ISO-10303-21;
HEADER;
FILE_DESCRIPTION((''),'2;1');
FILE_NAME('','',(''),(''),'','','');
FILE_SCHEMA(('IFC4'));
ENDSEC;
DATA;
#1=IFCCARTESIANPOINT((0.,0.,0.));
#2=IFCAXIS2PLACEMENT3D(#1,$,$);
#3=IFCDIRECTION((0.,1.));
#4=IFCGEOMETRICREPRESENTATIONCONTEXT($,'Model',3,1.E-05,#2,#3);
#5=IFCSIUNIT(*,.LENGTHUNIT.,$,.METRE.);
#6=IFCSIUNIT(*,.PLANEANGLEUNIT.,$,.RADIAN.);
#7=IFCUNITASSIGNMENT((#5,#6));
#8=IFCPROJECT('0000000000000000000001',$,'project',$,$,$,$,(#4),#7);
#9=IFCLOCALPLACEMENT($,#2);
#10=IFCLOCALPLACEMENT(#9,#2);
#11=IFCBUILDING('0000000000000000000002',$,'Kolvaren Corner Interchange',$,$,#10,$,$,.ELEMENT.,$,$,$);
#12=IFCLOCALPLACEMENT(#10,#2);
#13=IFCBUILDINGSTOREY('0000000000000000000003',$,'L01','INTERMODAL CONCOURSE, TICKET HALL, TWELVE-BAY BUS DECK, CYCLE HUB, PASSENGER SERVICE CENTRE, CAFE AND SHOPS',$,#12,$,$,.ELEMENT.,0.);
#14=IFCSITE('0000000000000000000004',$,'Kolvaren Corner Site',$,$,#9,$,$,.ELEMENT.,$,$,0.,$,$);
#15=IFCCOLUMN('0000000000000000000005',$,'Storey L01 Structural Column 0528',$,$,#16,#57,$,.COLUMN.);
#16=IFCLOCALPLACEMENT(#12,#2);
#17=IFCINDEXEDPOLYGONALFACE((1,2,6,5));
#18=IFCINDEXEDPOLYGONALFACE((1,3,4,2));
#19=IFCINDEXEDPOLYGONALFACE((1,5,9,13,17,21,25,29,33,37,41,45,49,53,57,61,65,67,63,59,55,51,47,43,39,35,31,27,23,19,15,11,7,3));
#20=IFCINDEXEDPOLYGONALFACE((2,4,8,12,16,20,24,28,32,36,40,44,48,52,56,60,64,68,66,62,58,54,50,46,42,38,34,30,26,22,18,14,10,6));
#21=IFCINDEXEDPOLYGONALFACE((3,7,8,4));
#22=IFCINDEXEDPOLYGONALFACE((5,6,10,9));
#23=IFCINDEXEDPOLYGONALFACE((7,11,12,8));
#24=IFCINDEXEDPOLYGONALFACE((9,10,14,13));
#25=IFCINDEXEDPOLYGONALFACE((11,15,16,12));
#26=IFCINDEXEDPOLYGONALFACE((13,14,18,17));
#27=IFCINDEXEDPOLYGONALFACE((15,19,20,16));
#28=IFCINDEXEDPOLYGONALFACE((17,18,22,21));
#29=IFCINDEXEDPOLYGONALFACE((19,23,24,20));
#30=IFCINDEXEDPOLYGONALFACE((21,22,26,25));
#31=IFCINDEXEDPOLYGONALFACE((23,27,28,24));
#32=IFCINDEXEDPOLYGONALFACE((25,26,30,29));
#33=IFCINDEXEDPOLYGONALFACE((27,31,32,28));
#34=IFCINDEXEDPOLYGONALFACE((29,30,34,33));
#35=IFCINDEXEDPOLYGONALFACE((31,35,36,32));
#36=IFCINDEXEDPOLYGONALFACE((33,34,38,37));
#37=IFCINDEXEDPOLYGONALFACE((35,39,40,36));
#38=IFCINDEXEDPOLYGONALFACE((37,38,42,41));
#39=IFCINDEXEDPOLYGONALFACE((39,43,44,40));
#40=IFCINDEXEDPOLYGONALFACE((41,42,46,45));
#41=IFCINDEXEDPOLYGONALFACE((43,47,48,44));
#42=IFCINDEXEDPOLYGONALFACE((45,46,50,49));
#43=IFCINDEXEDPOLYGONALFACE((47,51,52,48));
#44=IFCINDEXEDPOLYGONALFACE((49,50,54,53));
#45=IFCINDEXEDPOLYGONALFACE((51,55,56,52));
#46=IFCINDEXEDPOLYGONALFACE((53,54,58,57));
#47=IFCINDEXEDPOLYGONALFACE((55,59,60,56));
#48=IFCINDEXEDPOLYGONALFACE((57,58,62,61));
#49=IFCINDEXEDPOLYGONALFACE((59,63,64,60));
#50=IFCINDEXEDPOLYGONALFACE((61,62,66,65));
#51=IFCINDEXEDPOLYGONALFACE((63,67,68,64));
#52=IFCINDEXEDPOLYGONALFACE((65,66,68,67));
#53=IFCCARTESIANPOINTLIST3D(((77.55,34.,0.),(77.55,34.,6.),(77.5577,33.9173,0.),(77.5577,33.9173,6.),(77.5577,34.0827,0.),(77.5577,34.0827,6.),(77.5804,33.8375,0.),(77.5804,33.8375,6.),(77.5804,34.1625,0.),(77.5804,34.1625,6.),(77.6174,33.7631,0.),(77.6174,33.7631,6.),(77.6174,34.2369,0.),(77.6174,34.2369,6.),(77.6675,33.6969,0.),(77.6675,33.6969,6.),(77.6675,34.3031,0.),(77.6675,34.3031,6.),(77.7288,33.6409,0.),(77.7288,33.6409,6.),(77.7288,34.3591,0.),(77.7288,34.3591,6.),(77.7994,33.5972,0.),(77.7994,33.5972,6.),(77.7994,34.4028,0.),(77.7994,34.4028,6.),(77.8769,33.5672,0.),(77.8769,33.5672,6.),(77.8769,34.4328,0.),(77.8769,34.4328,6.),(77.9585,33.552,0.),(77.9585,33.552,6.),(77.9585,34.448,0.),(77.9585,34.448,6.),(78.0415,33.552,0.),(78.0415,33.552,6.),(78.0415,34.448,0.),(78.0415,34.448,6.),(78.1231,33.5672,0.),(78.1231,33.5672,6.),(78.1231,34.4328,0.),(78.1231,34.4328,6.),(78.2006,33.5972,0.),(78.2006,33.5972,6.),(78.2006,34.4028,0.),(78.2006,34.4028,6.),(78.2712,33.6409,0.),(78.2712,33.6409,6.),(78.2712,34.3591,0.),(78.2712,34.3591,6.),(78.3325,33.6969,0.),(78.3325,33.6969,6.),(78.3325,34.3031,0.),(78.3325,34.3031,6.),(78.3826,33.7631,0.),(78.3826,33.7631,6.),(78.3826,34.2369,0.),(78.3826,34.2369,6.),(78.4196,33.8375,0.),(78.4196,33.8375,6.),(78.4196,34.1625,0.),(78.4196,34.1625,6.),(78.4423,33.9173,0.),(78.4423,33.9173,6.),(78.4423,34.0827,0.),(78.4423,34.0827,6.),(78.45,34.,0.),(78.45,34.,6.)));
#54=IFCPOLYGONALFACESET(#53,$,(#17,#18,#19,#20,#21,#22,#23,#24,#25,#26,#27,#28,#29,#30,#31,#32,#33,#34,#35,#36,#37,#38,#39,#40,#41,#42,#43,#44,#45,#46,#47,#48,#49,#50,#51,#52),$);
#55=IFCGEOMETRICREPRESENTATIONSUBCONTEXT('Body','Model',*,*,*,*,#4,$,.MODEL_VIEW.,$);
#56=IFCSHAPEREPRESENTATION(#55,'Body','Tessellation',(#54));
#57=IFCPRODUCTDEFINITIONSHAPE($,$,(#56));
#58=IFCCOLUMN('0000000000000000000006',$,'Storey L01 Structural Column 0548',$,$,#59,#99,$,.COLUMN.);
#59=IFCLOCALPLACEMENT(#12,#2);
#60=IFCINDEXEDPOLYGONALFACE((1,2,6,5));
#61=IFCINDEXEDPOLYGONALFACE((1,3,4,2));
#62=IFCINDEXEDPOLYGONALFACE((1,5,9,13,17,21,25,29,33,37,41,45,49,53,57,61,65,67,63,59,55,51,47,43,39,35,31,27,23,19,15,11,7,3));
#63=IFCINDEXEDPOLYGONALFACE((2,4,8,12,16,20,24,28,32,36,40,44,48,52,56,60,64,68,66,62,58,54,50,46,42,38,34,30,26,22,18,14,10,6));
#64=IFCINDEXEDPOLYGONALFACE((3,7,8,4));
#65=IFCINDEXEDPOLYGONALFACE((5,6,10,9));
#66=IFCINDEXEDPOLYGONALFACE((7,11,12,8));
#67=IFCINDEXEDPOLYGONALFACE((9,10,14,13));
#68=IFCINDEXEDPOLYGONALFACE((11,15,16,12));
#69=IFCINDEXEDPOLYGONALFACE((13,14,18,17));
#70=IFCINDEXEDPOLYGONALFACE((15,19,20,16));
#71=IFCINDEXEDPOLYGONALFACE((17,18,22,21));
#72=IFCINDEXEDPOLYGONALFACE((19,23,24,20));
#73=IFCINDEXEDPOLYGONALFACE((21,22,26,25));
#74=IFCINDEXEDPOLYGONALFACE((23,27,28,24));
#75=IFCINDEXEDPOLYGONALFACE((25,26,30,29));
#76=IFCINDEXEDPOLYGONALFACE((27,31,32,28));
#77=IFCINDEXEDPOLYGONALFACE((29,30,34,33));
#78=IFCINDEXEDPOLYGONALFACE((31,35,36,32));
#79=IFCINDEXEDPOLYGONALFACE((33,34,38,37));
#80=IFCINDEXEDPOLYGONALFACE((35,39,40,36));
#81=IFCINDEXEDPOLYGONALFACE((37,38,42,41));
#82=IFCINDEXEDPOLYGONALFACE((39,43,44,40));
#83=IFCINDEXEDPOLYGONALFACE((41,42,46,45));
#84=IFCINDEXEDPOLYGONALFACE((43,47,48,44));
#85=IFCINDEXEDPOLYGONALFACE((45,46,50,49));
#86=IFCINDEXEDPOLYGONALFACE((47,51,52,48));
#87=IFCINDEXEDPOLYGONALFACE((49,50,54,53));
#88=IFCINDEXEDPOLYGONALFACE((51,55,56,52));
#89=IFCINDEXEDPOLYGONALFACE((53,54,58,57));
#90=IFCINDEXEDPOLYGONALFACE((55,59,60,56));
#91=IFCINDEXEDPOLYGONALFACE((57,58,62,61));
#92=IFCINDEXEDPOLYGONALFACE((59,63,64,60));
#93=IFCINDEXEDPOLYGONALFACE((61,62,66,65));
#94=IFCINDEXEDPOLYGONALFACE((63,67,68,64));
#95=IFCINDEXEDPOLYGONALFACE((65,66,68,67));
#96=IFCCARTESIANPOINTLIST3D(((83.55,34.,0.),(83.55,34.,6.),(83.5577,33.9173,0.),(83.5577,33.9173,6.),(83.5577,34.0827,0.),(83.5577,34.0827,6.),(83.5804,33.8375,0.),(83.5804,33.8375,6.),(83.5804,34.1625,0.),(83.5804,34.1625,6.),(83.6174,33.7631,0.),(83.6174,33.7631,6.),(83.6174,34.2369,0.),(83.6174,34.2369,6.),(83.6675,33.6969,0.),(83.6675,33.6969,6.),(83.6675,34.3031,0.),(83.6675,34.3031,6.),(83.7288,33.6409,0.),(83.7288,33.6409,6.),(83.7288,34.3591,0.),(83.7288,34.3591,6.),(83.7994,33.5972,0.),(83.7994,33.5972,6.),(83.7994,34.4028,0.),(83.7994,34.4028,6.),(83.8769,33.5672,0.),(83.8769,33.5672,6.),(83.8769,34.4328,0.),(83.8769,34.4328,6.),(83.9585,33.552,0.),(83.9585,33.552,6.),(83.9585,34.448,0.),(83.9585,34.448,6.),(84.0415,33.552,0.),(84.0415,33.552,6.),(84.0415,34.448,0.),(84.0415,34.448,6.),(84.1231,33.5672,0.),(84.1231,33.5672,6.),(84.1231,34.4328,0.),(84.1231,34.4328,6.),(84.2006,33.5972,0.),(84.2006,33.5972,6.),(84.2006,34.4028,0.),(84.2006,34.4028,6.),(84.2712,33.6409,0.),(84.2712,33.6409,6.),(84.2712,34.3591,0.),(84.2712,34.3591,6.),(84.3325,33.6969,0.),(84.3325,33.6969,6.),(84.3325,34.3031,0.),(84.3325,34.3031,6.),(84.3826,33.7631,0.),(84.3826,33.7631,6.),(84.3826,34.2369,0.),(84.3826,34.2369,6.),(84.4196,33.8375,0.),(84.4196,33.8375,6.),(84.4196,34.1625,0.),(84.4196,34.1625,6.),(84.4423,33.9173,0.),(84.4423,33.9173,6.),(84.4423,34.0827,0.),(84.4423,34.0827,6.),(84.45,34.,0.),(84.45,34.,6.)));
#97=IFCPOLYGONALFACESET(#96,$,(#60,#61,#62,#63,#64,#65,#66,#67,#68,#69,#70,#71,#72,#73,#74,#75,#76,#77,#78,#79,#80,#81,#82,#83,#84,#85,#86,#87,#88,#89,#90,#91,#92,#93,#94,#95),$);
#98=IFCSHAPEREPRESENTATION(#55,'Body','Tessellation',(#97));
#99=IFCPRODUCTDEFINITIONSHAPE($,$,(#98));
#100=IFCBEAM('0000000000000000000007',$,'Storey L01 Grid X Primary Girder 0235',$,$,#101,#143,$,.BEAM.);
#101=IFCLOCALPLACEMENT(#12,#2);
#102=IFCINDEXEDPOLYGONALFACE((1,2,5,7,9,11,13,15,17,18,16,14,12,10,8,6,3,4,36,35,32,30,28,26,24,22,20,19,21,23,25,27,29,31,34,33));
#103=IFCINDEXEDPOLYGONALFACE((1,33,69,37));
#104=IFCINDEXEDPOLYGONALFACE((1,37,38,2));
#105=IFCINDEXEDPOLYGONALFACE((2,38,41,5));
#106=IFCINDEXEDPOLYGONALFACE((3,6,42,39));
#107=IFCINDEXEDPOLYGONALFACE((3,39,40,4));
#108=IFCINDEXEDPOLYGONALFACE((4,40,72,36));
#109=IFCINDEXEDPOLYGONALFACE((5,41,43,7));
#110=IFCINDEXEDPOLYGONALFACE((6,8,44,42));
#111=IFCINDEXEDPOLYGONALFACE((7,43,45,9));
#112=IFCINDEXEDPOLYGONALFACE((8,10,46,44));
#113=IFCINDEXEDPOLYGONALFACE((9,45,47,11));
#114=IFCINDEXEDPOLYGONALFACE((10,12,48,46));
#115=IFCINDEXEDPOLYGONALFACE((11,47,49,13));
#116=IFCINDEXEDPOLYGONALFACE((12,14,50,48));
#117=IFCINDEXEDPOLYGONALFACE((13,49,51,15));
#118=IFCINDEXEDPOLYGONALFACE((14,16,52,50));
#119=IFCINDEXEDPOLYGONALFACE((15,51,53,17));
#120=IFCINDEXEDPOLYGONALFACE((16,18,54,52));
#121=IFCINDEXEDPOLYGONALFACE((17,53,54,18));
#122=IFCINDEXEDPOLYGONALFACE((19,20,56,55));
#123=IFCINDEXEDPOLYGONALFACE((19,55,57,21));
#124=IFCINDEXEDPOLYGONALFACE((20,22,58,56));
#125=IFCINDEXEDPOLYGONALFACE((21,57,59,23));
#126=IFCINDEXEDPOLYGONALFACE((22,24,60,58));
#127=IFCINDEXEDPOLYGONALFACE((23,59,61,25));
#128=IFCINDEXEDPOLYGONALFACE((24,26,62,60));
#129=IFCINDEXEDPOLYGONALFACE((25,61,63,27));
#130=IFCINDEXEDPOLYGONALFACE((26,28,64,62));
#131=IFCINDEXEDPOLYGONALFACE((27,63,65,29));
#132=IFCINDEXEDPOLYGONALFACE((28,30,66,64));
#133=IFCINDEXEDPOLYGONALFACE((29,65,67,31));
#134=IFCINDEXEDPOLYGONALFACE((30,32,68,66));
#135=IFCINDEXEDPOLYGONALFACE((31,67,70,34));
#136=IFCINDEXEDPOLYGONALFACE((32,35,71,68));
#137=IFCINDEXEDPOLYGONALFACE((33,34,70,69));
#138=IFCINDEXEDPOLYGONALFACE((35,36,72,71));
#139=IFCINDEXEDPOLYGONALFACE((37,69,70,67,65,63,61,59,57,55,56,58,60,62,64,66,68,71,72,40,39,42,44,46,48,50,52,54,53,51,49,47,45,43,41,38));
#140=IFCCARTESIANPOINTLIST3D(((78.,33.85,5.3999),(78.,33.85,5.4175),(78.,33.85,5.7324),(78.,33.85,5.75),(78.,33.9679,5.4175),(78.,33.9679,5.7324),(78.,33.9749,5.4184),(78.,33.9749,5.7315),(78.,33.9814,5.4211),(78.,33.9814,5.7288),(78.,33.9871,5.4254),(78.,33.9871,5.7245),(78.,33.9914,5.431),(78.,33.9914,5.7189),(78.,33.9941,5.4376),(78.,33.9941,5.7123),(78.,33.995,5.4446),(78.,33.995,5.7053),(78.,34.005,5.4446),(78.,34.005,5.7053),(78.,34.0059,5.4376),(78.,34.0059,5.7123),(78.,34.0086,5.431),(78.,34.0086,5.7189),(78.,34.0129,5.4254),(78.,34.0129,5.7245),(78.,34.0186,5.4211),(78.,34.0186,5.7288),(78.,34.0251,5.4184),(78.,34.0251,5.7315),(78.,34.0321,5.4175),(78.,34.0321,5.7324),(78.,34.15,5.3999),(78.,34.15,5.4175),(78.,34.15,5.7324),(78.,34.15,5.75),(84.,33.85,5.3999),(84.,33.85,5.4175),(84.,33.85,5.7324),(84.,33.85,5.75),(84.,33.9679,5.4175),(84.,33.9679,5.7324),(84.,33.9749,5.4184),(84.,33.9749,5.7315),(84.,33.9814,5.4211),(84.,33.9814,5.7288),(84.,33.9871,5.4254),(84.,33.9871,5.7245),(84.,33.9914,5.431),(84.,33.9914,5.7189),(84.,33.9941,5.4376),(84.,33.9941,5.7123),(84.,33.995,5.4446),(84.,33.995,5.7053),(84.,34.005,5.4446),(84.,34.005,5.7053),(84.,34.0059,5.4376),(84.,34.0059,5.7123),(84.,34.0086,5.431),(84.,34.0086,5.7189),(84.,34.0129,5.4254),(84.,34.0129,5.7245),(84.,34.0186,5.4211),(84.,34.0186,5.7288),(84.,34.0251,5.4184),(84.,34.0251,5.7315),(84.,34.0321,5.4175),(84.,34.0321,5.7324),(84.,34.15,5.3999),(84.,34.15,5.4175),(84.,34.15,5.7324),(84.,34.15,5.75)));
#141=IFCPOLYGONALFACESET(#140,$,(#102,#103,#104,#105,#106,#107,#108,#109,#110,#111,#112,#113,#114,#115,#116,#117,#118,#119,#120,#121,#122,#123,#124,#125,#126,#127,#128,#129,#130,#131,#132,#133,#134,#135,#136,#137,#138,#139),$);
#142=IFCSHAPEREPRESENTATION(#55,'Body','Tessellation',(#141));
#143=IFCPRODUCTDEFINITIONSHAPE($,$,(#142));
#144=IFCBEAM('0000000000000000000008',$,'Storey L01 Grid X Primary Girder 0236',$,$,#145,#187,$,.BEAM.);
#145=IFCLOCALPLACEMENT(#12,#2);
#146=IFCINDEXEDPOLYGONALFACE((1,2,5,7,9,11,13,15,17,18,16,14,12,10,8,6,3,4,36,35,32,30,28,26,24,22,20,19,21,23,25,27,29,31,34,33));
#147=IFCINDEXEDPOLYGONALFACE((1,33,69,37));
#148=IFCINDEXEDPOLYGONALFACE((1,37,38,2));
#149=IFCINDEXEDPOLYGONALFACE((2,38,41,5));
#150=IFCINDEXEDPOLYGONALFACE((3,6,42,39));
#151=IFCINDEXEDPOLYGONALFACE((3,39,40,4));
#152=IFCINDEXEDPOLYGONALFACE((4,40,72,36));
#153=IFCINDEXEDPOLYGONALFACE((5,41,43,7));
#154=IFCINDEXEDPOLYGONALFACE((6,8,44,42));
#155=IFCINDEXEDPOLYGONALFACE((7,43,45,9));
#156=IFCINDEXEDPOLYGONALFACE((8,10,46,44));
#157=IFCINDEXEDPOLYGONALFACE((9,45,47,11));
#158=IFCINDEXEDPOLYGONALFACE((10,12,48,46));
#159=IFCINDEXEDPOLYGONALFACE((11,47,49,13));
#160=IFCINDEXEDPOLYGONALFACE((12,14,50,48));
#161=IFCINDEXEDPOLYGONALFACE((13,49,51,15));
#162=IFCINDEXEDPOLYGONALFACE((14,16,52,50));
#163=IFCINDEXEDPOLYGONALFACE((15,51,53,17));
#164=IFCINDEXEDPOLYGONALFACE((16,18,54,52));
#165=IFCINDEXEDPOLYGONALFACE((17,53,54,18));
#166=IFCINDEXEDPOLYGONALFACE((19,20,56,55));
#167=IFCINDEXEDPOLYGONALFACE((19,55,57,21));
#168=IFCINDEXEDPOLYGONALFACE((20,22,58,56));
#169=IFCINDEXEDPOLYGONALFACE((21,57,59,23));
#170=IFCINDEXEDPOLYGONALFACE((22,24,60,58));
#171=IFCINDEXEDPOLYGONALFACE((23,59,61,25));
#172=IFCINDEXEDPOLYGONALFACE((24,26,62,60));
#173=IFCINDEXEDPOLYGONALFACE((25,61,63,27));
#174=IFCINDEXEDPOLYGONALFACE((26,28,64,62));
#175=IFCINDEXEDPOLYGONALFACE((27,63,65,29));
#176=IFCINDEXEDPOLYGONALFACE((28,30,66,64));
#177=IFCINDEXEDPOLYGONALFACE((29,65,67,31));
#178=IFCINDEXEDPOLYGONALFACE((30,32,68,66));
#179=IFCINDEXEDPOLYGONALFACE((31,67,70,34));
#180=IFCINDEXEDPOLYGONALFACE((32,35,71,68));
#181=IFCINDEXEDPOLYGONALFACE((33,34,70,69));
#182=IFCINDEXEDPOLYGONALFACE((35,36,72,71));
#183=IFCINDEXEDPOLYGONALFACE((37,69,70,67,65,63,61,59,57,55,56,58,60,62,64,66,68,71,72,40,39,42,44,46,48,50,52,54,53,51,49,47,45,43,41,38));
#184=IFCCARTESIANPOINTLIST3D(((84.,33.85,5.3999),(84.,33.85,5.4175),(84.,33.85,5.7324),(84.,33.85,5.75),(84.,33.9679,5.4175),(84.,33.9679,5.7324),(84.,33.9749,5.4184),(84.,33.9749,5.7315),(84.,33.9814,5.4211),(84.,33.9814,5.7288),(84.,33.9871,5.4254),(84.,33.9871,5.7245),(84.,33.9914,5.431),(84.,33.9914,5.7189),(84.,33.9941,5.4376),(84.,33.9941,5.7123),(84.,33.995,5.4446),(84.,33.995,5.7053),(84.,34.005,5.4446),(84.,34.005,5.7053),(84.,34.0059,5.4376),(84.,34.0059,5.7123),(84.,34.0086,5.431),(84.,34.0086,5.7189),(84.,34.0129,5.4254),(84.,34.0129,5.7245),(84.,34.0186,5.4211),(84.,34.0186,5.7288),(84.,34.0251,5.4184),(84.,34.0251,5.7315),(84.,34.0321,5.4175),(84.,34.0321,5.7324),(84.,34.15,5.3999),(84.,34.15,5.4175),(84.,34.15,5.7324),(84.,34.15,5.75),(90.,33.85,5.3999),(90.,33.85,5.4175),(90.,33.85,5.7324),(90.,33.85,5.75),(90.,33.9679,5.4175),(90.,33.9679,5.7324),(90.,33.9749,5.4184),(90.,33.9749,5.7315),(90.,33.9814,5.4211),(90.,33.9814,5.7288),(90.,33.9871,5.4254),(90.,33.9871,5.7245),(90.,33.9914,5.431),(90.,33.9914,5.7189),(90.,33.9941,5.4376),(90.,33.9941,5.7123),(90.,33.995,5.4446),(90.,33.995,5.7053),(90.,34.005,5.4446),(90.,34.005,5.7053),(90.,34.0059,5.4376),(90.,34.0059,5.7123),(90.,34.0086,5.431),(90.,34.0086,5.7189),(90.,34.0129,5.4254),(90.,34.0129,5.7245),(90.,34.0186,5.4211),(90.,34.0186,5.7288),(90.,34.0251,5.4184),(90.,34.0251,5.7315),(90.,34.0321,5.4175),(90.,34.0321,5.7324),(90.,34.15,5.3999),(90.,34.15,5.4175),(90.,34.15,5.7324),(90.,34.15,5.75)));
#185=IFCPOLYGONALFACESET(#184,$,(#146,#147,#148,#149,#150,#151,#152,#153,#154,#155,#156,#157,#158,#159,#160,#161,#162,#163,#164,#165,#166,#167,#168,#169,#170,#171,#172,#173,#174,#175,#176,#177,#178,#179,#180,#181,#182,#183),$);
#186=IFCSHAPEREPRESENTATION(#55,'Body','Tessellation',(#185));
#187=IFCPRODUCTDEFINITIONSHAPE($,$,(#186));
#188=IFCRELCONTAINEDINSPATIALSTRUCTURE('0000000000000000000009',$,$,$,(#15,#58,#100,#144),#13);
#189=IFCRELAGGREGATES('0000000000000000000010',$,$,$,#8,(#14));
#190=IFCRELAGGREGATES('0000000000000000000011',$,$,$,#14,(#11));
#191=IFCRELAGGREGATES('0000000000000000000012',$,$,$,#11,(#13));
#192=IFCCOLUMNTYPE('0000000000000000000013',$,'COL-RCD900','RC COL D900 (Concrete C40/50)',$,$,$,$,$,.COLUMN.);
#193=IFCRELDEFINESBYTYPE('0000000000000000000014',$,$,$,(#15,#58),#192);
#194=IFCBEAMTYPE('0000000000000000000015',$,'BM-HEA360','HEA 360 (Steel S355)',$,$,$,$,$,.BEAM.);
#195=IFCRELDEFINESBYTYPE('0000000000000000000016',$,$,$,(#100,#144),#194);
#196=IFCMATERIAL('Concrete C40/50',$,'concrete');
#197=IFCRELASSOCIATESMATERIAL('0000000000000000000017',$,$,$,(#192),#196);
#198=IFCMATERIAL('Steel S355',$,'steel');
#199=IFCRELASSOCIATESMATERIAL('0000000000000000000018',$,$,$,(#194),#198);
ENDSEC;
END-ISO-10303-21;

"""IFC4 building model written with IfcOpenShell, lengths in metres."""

from ifc_helpers import new_model, si_unit, direction, frame, origin, origin_2d, place, context, subcontext, project, spatial, circle, i_section, extrude, material, material_profile, profile_set, type_object, element, save


model = new_model("IFC4")

# Units and contexts
model_context = context("Model", 3, precision=1e-05, world=origin(), true_north=direction((0.0, 1.0)))
body_context = subcontext(model_context, "Body", "Model", "MODEL_VIEW")
ifc_project = project(units=[si_unit("LENGTHUNIT", "METRE"), si_unit("PLANEANGLEUNIT", "RADIAN")], contexts=[model_context])

# Site, building, storey
site_placement = place(None, origin())
site = spatial("IfcSite", under=ifc_project, at=site_placement, Name="Kolvaren Corner Site", CompositionType="ELEMENT", RefElevation=0.0)
building_placement = place(site_placement, origin())
building = spatial("IfcBuilding", under=site, at=building_placement, Name="Kolvaren Corner Interchange", CompositionType="ELEMENT")
storey_placement = place(building_placement, origin())
storey = spatial("IfcBuildingStorey", under=building, at=storey_placement, Name="L01", Description="INTERMODAL CONCOURSE, TICKET HALL, TWELVE-BAY BUS DECK, CYCLE HUB, PASSENGER SERVICE CENTRE, CAFE AND SHOPS", CompositionType="ELEMENT", Elevation=0.0)

# Columns
ifc_material_1 = material(Name="Concrete C40/50", Category="concrete")
ifc_material_profile_1 = material_profile(ifc_material_1, circle(Radius=0.45, at=origin_2d()), Name="RC COL D900")
ifc_profile_set_1 = profile_set([ifc_material_profile_1], Name="Concrete C40/50")
column_type = type_object("IfcColumnType", Name="COL-RCD900", Description="RC COL D900 (Concrete C40/50)", PredefinedType="COLUMN", material=ifc_profile_set_1)
for number, where, z_axis, x_axis, name in (
    (1, (78.0, 34.0, 0.0), (0.0, 0.0, 1.0), (1.0, 0.0, 0.0), "Storey L01 Structural Column 0528"),
    (2, (84.0, 34.0, 0.0), (0.0, 0.0, 1.0), (1.0, 0.0, 0.0), "Storey L01 Structural Column 0548"),
):
    element("IfcColumn", number, at=place(storey_placement, frame(where, z_axis=z_axis, x_axis=x_axis)), inside=storey, type_object=column_type, Name=name, PredefinedType="COLUMN", context=body_context, shape_type="SweptSolid", body=[
        extrude(circle(Radius=0.45, at=origin_2d()), origin(), (0.0, 0.0, 1.0), 6.0),
    ])

# Beams
ifc_material_2 = material(Name="Steel S355", Category="steel")
ifc_material_profile_2 = material_profile(ifc_material_2, i_section(OverallWidth=0.3, OverallDepth=0.3501, WebThickness=0.01, FlangeThickness=0.0176, FilletRadius=0.0271, at=origin_2d()), Name="HEA 360")
ifc_profile_set_2 = profile_set([ifc_material_profile_2], Name="Steel S355")
beam_type = type_object("IfcBeamType", Name="BM-HEA360", Description="HEA 360 (Steel S355)", PredefinedType="BEAM", material=ifc_profile_set_2)
for number, where, z_axis, x_axis, name in (
    (3, (78.0, 34.0, 5.575), (1.0, 0.0, 0.0), (0.0, 1.0, 0.0), "Storey L01 Grid X Primary Girder 0235"),
    (4, (84.0, 34.0, 5.575), (1.0, 0.0, 0.0), (0.0, 1.0, 0.0), "Storey L01 Grid X Primary Girder 0236"),
):
    element("IfcBeam", number, at=place(storey_placement, frame(where, z_axis=z_axis, x_axis=x_axis)), inside=storey, type_object=beam_type, Name=name, PredefinedType="BEAM", context=body_context, shape_type="SweptSolid", body=[
        extrude(i_section(OverallWidth=0.3, OverallDepth=0.3501, WebThickness=0.01, FlangeThickness=0.0176, FilletRadius=0.0271, at=origin_2d()), origin(), (0.0, 0.0, 1.0), 6.0),
    ])

save(model, "model.ifc")
